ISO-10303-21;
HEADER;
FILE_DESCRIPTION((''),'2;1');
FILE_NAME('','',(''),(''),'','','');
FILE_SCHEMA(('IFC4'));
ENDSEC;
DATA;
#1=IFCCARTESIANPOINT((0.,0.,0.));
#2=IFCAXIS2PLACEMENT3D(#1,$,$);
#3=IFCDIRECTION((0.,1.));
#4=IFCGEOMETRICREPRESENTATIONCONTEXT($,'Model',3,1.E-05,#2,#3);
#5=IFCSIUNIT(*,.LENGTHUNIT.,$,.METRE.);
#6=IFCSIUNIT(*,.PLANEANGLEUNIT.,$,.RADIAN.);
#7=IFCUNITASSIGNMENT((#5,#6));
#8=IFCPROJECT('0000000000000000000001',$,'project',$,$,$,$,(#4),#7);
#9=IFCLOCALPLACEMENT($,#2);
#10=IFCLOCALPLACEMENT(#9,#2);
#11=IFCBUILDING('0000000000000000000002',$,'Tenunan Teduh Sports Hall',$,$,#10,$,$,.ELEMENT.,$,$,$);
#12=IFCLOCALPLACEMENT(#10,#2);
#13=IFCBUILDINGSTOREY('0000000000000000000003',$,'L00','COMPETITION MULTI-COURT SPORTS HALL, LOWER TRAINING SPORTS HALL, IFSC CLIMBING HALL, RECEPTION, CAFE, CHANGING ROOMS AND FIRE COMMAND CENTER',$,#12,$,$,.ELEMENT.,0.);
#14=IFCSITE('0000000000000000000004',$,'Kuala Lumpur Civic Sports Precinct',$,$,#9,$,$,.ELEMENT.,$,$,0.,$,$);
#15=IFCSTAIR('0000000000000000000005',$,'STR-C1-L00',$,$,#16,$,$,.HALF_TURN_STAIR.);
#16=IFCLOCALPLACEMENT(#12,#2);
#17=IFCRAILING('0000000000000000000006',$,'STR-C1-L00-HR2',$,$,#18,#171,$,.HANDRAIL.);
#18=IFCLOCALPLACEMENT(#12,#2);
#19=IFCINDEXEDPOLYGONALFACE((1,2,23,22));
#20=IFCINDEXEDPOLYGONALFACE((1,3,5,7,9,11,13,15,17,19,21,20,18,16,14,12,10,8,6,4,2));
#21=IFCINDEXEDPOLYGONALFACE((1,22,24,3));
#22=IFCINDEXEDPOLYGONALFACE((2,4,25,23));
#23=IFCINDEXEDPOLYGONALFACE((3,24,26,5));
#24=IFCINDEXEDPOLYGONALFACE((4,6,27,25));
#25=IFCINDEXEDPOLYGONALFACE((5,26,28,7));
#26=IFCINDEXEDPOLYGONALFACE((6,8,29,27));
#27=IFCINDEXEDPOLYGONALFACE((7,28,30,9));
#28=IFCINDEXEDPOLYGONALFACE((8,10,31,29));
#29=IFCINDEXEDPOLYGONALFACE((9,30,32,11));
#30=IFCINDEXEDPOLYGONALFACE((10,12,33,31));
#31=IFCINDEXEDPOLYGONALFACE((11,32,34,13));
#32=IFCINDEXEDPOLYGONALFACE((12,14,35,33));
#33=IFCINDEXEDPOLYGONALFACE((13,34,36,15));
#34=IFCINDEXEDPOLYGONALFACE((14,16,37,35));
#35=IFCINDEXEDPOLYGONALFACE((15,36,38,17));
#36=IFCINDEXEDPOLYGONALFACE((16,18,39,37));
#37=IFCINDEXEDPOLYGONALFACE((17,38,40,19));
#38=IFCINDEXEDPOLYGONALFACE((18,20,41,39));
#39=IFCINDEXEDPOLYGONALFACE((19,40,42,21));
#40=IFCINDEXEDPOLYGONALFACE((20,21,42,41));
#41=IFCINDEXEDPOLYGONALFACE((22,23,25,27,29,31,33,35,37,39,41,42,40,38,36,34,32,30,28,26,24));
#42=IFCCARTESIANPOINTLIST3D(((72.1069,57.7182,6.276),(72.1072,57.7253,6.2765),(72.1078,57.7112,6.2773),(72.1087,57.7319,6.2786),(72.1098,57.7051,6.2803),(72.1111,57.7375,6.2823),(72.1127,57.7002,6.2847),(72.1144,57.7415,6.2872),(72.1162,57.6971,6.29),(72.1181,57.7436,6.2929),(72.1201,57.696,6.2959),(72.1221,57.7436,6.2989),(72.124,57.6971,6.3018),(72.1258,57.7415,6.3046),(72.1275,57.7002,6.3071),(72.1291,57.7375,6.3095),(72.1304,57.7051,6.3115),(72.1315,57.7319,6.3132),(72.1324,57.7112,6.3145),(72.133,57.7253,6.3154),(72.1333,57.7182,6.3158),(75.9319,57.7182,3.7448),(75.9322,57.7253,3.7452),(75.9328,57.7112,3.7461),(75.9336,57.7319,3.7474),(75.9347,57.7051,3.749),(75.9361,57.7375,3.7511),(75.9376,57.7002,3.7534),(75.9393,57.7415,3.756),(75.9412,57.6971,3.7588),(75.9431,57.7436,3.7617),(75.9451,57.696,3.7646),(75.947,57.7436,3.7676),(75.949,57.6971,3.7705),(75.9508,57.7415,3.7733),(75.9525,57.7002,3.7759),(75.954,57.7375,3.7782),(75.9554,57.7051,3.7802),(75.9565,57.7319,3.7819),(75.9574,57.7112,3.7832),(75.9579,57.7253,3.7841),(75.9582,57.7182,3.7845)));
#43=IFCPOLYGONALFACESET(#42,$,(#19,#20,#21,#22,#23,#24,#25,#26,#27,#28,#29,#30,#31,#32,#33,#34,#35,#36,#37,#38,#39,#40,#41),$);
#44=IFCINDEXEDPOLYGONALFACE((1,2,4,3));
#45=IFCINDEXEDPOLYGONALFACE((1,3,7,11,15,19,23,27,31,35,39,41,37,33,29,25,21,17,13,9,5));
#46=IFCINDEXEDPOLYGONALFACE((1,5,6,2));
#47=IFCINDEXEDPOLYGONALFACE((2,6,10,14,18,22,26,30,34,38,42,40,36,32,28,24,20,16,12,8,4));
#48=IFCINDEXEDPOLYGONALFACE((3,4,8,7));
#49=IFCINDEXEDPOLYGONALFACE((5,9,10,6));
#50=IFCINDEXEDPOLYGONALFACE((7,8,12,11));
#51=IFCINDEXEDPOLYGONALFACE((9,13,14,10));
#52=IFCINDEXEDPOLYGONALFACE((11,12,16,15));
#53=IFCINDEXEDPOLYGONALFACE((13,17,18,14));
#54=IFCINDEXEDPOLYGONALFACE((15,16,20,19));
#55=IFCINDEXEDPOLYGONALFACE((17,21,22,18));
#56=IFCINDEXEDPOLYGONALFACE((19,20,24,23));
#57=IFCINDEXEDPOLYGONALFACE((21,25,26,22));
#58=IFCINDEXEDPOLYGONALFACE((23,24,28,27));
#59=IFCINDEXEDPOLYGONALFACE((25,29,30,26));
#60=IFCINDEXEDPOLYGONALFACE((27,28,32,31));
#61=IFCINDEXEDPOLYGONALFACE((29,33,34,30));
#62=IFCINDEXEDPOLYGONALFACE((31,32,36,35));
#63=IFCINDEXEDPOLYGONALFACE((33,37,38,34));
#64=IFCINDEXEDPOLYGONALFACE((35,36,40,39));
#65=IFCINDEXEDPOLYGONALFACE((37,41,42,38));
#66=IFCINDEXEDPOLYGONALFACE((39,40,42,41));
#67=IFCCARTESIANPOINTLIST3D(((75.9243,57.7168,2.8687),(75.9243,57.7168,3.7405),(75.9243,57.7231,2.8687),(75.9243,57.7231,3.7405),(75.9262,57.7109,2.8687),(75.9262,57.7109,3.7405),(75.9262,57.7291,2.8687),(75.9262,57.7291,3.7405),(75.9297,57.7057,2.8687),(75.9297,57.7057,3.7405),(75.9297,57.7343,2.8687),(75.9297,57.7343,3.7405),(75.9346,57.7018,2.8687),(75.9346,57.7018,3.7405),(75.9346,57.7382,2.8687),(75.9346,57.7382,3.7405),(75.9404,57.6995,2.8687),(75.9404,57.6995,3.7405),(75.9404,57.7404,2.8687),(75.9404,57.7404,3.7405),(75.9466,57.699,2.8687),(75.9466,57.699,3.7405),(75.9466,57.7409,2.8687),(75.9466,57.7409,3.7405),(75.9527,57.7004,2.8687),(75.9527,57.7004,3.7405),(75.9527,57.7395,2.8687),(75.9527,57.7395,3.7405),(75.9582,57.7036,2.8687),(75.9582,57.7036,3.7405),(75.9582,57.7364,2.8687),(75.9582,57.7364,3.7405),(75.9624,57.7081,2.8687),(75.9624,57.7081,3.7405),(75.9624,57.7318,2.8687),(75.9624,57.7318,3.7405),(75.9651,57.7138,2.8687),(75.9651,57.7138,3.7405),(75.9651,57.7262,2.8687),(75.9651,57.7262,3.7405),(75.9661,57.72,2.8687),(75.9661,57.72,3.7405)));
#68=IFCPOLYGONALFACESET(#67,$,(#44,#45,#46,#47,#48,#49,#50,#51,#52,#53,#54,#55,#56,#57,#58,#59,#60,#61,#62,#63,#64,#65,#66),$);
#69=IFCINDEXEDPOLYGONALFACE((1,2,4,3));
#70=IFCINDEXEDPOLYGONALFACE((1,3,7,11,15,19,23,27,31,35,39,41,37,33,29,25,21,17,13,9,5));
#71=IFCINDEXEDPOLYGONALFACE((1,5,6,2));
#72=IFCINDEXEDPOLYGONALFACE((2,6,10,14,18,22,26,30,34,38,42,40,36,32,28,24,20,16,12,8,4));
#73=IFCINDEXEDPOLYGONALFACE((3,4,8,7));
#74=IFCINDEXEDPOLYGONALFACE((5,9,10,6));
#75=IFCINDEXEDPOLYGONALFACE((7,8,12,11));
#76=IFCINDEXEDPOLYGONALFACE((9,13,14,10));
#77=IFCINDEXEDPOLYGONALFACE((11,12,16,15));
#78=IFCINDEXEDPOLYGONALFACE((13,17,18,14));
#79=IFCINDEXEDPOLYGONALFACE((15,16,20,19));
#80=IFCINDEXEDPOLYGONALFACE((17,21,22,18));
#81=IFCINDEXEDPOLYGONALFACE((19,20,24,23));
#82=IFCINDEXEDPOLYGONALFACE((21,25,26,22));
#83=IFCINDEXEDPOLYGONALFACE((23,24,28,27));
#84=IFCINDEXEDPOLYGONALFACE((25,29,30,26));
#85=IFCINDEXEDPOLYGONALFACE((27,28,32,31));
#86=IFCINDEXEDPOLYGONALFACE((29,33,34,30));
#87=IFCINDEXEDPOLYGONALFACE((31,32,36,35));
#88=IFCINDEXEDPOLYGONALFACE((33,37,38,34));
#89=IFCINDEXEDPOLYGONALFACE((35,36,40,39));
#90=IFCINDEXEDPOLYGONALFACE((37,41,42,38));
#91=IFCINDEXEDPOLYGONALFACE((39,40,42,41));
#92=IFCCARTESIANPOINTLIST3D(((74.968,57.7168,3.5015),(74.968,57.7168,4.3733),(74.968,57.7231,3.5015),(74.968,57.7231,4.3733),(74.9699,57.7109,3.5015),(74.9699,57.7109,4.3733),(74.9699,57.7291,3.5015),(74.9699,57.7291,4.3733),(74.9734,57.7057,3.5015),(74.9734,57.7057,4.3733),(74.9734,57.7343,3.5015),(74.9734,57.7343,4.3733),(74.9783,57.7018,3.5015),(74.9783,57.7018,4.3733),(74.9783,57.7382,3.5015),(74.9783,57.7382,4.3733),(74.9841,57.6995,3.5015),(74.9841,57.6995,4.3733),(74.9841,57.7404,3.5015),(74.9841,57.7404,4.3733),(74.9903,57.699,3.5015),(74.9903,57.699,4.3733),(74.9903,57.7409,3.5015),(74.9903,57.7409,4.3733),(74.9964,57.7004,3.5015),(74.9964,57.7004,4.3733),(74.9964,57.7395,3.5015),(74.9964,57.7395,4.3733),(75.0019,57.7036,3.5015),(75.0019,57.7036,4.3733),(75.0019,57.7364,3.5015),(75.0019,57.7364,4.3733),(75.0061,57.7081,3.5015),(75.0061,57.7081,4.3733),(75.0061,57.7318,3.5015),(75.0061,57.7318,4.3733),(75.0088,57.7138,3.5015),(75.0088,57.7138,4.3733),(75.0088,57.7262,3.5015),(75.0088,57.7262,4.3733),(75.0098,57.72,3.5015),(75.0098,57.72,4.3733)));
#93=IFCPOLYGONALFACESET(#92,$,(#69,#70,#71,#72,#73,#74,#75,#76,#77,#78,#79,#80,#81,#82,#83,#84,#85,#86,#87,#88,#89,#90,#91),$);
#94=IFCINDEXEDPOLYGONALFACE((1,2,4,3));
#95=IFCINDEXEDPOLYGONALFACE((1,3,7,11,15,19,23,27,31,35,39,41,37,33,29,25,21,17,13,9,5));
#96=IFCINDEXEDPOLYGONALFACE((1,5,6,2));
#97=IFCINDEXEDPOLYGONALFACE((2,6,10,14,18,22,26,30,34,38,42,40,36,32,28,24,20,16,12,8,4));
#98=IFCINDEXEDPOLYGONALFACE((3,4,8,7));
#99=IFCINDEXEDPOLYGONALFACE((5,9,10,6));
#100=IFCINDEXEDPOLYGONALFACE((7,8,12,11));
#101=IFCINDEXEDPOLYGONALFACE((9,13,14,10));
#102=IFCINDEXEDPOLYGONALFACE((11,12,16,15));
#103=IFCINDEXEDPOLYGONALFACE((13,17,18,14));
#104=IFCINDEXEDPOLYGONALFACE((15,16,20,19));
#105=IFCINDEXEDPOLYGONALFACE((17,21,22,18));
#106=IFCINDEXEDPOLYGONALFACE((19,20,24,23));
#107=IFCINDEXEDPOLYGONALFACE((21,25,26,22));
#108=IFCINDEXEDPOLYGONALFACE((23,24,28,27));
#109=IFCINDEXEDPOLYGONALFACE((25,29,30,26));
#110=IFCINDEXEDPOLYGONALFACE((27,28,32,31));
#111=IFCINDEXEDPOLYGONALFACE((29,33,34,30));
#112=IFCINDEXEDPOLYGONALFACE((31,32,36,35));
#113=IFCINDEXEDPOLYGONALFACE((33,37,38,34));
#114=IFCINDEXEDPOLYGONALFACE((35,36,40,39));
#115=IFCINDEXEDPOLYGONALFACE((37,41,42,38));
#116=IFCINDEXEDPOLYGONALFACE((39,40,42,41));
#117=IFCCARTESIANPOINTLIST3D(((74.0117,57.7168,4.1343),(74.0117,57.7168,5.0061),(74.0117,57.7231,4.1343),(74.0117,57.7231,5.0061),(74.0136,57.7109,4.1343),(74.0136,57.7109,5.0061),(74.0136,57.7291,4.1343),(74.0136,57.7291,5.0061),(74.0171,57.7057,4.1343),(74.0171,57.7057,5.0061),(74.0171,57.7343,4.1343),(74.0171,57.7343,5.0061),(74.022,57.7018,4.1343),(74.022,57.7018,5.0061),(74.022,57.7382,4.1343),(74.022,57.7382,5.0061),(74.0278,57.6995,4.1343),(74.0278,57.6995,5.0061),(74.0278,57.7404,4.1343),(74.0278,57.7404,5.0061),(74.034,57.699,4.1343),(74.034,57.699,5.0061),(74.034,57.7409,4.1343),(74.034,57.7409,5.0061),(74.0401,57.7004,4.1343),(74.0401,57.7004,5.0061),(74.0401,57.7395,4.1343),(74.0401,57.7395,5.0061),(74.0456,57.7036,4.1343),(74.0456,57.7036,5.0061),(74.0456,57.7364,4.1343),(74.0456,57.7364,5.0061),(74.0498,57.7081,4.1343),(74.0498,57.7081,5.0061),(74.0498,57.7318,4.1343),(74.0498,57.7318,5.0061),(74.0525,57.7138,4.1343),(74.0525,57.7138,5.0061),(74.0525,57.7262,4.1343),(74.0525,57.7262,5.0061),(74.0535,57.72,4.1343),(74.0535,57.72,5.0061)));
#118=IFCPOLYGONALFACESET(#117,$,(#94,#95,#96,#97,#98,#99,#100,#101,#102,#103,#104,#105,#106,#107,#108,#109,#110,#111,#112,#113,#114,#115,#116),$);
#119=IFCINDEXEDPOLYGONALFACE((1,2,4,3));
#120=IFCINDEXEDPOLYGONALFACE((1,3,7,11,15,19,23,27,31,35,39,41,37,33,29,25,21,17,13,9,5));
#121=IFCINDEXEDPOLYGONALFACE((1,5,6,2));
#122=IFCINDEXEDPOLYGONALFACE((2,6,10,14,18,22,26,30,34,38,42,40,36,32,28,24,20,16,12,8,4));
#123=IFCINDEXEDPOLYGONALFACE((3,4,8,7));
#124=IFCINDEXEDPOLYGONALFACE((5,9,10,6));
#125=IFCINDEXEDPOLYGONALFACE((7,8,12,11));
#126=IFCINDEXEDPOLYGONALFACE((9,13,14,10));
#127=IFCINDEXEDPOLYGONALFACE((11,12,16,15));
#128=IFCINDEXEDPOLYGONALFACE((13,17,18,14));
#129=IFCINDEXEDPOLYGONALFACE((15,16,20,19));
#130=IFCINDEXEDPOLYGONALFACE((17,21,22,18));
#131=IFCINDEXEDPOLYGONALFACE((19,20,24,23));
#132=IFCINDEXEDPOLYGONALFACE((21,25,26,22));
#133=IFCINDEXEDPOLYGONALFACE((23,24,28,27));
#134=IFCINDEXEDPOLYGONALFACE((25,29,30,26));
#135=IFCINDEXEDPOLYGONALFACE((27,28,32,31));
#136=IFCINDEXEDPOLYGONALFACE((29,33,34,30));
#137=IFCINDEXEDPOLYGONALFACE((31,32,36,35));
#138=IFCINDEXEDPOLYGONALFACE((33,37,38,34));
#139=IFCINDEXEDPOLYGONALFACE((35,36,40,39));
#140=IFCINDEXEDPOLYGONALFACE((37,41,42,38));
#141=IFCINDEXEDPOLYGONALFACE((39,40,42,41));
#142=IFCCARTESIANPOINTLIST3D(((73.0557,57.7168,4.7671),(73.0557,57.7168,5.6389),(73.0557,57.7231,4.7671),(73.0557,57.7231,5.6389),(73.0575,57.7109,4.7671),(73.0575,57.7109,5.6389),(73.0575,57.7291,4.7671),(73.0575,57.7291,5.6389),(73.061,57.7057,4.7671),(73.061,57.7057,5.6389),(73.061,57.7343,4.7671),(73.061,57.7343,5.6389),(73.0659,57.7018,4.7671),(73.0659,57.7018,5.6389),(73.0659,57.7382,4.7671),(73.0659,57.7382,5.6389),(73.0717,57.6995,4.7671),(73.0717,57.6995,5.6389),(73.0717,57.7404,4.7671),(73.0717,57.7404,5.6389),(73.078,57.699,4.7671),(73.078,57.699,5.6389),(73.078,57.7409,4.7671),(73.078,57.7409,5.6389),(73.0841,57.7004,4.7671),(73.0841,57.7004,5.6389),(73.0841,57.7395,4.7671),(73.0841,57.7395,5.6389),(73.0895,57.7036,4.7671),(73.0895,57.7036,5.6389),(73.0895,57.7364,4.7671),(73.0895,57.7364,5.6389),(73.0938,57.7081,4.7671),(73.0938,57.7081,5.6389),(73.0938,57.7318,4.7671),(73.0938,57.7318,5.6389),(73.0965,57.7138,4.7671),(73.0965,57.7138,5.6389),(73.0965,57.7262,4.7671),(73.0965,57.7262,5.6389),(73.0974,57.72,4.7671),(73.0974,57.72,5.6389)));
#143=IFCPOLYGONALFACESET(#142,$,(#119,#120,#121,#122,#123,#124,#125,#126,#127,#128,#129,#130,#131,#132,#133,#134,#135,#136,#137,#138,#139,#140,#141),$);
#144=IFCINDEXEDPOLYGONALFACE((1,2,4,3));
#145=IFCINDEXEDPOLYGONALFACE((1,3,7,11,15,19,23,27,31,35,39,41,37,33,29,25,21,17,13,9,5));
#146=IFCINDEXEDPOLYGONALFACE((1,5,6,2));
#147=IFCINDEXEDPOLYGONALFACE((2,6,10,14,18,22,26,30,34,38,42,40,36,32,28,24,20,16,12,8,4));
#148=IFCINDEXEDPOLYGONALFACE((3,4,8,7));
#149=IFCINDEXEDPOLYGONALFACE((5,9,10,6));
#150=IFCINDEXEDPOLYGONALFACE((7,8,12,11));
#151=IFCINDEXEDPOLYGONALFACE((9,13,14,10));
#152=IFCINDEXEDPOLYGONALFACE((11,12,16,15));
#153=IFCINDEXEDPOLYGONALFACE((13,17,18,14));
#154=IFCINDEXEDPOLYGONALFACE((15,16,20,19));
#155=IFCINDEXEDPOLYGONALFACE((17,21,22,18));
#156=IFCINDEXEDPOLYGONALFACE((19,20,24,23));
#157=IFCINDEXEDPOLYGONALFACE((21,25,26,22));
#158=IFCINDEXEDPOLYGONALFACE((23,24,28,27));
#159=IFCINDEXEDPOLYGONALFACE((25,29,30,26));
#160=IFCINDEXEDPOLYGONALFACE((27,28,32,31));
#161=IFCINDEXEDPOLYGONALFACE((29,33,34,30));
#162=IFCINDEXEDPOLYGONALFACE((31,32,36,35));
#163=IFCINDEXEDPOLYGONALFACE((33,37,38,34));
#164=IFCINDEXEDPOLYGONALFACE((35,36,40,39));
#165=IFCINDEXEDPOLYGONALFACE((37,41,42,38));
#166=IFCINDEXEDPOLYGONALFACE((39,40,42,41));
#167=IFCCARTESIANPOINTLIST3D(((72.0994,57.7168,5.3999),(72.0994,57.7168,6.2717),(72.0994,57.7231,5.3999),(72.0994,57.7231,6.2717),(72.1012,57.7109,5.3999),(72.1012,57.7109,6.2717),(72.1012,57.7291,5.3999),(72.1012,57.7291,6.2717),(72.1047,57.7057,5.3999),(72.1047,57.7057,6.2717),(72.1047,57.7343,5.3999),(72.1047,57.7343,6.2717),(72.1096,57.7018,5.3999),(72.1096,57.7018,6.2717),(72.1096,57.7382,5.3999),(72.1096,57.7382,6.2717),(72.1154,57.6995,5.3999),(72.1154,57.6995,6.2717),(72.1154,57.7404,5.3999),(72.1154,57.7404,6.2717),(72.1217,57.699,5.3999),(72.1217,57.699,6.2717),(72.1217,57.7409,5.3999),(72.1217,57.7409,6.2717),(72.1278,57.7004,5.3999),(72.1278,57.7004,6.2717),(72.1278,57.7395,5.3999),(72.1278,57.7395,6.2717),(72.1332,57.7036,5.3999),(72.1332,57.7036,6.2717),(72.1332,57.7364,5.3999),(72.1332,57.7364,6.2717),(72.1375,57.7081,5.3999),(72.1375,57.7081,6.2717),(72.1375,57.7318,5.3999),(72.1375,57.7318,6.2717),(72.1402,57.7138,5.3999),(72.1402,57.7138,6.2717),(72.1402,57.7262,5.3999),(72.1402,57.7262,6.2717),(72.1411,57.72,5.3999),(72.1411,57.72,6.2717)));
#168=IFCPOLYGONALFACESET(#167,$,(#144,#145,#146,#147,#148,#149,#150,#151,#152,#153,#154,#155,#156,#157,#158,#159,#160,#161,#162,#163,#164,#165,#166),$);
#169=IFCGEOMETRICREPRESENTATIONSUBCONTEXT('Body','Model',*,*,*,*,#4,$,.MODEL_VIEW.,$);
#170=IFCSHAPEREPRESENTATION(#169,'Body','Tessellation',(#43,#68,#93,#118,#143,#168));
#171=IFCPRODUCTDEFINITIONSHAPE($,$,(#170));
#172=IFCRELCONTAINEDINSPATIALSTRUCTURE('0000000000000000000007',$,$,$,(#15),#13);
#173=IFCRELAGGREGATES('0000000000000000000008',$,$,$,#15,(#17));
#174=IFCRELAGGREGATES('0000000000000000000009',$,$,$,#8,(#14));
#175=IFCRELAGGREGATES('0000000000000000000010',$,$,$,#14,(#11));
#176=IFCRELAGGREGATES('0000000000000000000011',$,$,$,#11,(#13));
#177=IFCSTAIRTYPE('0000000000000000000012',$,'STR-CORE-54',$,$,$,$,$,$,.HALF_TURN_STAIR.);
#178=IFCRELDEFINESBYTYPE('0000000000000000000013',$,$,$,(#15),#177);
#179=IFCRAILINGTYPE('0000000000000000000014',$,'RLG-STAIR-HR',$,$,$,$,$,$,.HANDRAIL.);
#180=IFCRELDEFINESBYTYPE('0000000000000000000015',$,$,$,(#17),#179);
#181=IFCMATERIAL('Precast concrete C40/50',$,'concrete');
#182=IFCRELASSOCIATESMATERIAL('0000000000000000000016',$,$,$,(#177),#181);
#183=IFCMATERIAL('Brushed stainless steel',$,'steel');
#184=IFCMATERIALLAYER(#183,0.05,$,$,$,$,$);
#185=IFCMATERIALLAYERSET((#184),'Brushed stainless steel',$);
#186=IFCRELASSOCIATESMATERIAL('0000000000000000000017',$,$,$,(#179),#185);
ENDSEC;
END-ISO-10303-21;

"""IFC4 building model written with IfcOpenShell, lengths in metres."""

from ifc_helpers import new_model, si_unit, direction, frame, origin, origin_2d, place, context, subcontext, project, spatial, circle, extrude, material, layer, layer_set, type_object, element, aggregate, save


model = new_model("IFC4")

# Units and contexts
model_context = context("Model", 3, precision=1e-05, world=origin(), true_north=direction((0.0, 1.0)))
body_context = subcontext(model_context, "Body", "Model", "MODEL_VIEW")
ifc_project = project(units=[si_unit("LENGTHUNIT", "METRE"), si_unit("PLANEANGLEUNIT", "RADIAN")], contexts=[model_context])

# Site, building, storey
site_placement = place(None, origin())
site = spatial("IfcSite", under=ifc_project, at=site_placement, Name="Kuala Lumpur Civic Sports Precinct", CompositionType="ELEMENT", RefElevation=0.0)
building_placement = place(site_placement, origin())
building = spatial("IfcBuilding", under=site, at=building_placement, Name="Tenunan Teduh Sports Hall", CompositionType="ELEMENT")
storey_placement = place(building_placement, origin())
storey = spatial("IfcBuildingStorey", under=building, at=storey_placement, Name="L00", Description="COMPETITION MULTI-COURT SPORTS HALL, LOWER TRAINING SPORTS HALL, IFSC CLIMBING HALL, RECEPTION, CAFE, CHANGING ROOMS AND FIRE COMMAND CENTER", CompositionType="ELEMENT", Elevation=0.0)

# Stair
ifc_material_1 = material(Name="Precast concrete C40/50", Category="concrete")
stair_type = type_object("IfcStairType", Name="STR-CORE-54", PredefinedType="HALF_TURN_STAIR", material=ifc_material_1)
stair_placement = place(storey_placement, origin())
stair = element("IfcStair", 1, at=stair_placement, inside=storey, type_object=stair_type, Name="STR-C1-L00", PredefinedType="HALF_TURN_STAIR")

# Railing
ifc_material_2 = material(Name="Brushed stainless steel", Category="steel")
ifc_layer_1 = layer(ifc_material_2, 0.05)
ifc_layer_set_1 = layer_set([ifc_layer_1], Name="Brushed stainless steel")
railing_type_1 = type_object("IfcRailingType", Name="RLG-STAIR-HR", PredefinedType="HANDRAIL", material=ifc_layer_set_1)
railing_1_placement = place(storey_placement, frame((75.9451, 57.72, 2.8687)))
railing_1 = element("IfcRailing", 2, at=railing_1_placement, type_object=railing_type_1, Name="STR-C1-L00-HR2", PredefinedType="HANDRAIL", context=body_context, shape_type="SweptSolid", body=[
    extrude(circle(Radius=0.0239, at=origin_2d()), frame((0.0, 0.0, 0.896), z_axis=(-0.833929, 0.0, 0.551872), x_axis=(0.0, -1.0, 0.0)), (0.0, 0.0, 1.0), 4.5867),
    extrude(circle(Radius=0.021, at=origin_2d()), origin(), (0.0, 0.0, 1.0), 0.8718),
    extrude(circle(Radius=0.021, at=origin_2d()), frame((-0.9563, 0.0, 0.6328)), (0.0, 0.0, 1.0), 0.8718),
    extrude(circle(Radius=0.021, at=origin_2d()), frame((-1.9126, 0.0, 1.2656)), (0.0, 0.0, 1.0), 0.8718),
    extrude(circle(Radius=0.021, at=origin_2d()), frame((-2.8687, 0.0, 1.8984)), (0.0, 0.0, 1.0), 0.8718),
    extrude(circle(Radius=0.021, at=origin_2d()), frame((-3.825, 0.0, 2.5312)), (0.0, 0.0, 1.0), 0.8718),
])
aggregate(stair, [railing_1])

save(model, "model.ifc")
